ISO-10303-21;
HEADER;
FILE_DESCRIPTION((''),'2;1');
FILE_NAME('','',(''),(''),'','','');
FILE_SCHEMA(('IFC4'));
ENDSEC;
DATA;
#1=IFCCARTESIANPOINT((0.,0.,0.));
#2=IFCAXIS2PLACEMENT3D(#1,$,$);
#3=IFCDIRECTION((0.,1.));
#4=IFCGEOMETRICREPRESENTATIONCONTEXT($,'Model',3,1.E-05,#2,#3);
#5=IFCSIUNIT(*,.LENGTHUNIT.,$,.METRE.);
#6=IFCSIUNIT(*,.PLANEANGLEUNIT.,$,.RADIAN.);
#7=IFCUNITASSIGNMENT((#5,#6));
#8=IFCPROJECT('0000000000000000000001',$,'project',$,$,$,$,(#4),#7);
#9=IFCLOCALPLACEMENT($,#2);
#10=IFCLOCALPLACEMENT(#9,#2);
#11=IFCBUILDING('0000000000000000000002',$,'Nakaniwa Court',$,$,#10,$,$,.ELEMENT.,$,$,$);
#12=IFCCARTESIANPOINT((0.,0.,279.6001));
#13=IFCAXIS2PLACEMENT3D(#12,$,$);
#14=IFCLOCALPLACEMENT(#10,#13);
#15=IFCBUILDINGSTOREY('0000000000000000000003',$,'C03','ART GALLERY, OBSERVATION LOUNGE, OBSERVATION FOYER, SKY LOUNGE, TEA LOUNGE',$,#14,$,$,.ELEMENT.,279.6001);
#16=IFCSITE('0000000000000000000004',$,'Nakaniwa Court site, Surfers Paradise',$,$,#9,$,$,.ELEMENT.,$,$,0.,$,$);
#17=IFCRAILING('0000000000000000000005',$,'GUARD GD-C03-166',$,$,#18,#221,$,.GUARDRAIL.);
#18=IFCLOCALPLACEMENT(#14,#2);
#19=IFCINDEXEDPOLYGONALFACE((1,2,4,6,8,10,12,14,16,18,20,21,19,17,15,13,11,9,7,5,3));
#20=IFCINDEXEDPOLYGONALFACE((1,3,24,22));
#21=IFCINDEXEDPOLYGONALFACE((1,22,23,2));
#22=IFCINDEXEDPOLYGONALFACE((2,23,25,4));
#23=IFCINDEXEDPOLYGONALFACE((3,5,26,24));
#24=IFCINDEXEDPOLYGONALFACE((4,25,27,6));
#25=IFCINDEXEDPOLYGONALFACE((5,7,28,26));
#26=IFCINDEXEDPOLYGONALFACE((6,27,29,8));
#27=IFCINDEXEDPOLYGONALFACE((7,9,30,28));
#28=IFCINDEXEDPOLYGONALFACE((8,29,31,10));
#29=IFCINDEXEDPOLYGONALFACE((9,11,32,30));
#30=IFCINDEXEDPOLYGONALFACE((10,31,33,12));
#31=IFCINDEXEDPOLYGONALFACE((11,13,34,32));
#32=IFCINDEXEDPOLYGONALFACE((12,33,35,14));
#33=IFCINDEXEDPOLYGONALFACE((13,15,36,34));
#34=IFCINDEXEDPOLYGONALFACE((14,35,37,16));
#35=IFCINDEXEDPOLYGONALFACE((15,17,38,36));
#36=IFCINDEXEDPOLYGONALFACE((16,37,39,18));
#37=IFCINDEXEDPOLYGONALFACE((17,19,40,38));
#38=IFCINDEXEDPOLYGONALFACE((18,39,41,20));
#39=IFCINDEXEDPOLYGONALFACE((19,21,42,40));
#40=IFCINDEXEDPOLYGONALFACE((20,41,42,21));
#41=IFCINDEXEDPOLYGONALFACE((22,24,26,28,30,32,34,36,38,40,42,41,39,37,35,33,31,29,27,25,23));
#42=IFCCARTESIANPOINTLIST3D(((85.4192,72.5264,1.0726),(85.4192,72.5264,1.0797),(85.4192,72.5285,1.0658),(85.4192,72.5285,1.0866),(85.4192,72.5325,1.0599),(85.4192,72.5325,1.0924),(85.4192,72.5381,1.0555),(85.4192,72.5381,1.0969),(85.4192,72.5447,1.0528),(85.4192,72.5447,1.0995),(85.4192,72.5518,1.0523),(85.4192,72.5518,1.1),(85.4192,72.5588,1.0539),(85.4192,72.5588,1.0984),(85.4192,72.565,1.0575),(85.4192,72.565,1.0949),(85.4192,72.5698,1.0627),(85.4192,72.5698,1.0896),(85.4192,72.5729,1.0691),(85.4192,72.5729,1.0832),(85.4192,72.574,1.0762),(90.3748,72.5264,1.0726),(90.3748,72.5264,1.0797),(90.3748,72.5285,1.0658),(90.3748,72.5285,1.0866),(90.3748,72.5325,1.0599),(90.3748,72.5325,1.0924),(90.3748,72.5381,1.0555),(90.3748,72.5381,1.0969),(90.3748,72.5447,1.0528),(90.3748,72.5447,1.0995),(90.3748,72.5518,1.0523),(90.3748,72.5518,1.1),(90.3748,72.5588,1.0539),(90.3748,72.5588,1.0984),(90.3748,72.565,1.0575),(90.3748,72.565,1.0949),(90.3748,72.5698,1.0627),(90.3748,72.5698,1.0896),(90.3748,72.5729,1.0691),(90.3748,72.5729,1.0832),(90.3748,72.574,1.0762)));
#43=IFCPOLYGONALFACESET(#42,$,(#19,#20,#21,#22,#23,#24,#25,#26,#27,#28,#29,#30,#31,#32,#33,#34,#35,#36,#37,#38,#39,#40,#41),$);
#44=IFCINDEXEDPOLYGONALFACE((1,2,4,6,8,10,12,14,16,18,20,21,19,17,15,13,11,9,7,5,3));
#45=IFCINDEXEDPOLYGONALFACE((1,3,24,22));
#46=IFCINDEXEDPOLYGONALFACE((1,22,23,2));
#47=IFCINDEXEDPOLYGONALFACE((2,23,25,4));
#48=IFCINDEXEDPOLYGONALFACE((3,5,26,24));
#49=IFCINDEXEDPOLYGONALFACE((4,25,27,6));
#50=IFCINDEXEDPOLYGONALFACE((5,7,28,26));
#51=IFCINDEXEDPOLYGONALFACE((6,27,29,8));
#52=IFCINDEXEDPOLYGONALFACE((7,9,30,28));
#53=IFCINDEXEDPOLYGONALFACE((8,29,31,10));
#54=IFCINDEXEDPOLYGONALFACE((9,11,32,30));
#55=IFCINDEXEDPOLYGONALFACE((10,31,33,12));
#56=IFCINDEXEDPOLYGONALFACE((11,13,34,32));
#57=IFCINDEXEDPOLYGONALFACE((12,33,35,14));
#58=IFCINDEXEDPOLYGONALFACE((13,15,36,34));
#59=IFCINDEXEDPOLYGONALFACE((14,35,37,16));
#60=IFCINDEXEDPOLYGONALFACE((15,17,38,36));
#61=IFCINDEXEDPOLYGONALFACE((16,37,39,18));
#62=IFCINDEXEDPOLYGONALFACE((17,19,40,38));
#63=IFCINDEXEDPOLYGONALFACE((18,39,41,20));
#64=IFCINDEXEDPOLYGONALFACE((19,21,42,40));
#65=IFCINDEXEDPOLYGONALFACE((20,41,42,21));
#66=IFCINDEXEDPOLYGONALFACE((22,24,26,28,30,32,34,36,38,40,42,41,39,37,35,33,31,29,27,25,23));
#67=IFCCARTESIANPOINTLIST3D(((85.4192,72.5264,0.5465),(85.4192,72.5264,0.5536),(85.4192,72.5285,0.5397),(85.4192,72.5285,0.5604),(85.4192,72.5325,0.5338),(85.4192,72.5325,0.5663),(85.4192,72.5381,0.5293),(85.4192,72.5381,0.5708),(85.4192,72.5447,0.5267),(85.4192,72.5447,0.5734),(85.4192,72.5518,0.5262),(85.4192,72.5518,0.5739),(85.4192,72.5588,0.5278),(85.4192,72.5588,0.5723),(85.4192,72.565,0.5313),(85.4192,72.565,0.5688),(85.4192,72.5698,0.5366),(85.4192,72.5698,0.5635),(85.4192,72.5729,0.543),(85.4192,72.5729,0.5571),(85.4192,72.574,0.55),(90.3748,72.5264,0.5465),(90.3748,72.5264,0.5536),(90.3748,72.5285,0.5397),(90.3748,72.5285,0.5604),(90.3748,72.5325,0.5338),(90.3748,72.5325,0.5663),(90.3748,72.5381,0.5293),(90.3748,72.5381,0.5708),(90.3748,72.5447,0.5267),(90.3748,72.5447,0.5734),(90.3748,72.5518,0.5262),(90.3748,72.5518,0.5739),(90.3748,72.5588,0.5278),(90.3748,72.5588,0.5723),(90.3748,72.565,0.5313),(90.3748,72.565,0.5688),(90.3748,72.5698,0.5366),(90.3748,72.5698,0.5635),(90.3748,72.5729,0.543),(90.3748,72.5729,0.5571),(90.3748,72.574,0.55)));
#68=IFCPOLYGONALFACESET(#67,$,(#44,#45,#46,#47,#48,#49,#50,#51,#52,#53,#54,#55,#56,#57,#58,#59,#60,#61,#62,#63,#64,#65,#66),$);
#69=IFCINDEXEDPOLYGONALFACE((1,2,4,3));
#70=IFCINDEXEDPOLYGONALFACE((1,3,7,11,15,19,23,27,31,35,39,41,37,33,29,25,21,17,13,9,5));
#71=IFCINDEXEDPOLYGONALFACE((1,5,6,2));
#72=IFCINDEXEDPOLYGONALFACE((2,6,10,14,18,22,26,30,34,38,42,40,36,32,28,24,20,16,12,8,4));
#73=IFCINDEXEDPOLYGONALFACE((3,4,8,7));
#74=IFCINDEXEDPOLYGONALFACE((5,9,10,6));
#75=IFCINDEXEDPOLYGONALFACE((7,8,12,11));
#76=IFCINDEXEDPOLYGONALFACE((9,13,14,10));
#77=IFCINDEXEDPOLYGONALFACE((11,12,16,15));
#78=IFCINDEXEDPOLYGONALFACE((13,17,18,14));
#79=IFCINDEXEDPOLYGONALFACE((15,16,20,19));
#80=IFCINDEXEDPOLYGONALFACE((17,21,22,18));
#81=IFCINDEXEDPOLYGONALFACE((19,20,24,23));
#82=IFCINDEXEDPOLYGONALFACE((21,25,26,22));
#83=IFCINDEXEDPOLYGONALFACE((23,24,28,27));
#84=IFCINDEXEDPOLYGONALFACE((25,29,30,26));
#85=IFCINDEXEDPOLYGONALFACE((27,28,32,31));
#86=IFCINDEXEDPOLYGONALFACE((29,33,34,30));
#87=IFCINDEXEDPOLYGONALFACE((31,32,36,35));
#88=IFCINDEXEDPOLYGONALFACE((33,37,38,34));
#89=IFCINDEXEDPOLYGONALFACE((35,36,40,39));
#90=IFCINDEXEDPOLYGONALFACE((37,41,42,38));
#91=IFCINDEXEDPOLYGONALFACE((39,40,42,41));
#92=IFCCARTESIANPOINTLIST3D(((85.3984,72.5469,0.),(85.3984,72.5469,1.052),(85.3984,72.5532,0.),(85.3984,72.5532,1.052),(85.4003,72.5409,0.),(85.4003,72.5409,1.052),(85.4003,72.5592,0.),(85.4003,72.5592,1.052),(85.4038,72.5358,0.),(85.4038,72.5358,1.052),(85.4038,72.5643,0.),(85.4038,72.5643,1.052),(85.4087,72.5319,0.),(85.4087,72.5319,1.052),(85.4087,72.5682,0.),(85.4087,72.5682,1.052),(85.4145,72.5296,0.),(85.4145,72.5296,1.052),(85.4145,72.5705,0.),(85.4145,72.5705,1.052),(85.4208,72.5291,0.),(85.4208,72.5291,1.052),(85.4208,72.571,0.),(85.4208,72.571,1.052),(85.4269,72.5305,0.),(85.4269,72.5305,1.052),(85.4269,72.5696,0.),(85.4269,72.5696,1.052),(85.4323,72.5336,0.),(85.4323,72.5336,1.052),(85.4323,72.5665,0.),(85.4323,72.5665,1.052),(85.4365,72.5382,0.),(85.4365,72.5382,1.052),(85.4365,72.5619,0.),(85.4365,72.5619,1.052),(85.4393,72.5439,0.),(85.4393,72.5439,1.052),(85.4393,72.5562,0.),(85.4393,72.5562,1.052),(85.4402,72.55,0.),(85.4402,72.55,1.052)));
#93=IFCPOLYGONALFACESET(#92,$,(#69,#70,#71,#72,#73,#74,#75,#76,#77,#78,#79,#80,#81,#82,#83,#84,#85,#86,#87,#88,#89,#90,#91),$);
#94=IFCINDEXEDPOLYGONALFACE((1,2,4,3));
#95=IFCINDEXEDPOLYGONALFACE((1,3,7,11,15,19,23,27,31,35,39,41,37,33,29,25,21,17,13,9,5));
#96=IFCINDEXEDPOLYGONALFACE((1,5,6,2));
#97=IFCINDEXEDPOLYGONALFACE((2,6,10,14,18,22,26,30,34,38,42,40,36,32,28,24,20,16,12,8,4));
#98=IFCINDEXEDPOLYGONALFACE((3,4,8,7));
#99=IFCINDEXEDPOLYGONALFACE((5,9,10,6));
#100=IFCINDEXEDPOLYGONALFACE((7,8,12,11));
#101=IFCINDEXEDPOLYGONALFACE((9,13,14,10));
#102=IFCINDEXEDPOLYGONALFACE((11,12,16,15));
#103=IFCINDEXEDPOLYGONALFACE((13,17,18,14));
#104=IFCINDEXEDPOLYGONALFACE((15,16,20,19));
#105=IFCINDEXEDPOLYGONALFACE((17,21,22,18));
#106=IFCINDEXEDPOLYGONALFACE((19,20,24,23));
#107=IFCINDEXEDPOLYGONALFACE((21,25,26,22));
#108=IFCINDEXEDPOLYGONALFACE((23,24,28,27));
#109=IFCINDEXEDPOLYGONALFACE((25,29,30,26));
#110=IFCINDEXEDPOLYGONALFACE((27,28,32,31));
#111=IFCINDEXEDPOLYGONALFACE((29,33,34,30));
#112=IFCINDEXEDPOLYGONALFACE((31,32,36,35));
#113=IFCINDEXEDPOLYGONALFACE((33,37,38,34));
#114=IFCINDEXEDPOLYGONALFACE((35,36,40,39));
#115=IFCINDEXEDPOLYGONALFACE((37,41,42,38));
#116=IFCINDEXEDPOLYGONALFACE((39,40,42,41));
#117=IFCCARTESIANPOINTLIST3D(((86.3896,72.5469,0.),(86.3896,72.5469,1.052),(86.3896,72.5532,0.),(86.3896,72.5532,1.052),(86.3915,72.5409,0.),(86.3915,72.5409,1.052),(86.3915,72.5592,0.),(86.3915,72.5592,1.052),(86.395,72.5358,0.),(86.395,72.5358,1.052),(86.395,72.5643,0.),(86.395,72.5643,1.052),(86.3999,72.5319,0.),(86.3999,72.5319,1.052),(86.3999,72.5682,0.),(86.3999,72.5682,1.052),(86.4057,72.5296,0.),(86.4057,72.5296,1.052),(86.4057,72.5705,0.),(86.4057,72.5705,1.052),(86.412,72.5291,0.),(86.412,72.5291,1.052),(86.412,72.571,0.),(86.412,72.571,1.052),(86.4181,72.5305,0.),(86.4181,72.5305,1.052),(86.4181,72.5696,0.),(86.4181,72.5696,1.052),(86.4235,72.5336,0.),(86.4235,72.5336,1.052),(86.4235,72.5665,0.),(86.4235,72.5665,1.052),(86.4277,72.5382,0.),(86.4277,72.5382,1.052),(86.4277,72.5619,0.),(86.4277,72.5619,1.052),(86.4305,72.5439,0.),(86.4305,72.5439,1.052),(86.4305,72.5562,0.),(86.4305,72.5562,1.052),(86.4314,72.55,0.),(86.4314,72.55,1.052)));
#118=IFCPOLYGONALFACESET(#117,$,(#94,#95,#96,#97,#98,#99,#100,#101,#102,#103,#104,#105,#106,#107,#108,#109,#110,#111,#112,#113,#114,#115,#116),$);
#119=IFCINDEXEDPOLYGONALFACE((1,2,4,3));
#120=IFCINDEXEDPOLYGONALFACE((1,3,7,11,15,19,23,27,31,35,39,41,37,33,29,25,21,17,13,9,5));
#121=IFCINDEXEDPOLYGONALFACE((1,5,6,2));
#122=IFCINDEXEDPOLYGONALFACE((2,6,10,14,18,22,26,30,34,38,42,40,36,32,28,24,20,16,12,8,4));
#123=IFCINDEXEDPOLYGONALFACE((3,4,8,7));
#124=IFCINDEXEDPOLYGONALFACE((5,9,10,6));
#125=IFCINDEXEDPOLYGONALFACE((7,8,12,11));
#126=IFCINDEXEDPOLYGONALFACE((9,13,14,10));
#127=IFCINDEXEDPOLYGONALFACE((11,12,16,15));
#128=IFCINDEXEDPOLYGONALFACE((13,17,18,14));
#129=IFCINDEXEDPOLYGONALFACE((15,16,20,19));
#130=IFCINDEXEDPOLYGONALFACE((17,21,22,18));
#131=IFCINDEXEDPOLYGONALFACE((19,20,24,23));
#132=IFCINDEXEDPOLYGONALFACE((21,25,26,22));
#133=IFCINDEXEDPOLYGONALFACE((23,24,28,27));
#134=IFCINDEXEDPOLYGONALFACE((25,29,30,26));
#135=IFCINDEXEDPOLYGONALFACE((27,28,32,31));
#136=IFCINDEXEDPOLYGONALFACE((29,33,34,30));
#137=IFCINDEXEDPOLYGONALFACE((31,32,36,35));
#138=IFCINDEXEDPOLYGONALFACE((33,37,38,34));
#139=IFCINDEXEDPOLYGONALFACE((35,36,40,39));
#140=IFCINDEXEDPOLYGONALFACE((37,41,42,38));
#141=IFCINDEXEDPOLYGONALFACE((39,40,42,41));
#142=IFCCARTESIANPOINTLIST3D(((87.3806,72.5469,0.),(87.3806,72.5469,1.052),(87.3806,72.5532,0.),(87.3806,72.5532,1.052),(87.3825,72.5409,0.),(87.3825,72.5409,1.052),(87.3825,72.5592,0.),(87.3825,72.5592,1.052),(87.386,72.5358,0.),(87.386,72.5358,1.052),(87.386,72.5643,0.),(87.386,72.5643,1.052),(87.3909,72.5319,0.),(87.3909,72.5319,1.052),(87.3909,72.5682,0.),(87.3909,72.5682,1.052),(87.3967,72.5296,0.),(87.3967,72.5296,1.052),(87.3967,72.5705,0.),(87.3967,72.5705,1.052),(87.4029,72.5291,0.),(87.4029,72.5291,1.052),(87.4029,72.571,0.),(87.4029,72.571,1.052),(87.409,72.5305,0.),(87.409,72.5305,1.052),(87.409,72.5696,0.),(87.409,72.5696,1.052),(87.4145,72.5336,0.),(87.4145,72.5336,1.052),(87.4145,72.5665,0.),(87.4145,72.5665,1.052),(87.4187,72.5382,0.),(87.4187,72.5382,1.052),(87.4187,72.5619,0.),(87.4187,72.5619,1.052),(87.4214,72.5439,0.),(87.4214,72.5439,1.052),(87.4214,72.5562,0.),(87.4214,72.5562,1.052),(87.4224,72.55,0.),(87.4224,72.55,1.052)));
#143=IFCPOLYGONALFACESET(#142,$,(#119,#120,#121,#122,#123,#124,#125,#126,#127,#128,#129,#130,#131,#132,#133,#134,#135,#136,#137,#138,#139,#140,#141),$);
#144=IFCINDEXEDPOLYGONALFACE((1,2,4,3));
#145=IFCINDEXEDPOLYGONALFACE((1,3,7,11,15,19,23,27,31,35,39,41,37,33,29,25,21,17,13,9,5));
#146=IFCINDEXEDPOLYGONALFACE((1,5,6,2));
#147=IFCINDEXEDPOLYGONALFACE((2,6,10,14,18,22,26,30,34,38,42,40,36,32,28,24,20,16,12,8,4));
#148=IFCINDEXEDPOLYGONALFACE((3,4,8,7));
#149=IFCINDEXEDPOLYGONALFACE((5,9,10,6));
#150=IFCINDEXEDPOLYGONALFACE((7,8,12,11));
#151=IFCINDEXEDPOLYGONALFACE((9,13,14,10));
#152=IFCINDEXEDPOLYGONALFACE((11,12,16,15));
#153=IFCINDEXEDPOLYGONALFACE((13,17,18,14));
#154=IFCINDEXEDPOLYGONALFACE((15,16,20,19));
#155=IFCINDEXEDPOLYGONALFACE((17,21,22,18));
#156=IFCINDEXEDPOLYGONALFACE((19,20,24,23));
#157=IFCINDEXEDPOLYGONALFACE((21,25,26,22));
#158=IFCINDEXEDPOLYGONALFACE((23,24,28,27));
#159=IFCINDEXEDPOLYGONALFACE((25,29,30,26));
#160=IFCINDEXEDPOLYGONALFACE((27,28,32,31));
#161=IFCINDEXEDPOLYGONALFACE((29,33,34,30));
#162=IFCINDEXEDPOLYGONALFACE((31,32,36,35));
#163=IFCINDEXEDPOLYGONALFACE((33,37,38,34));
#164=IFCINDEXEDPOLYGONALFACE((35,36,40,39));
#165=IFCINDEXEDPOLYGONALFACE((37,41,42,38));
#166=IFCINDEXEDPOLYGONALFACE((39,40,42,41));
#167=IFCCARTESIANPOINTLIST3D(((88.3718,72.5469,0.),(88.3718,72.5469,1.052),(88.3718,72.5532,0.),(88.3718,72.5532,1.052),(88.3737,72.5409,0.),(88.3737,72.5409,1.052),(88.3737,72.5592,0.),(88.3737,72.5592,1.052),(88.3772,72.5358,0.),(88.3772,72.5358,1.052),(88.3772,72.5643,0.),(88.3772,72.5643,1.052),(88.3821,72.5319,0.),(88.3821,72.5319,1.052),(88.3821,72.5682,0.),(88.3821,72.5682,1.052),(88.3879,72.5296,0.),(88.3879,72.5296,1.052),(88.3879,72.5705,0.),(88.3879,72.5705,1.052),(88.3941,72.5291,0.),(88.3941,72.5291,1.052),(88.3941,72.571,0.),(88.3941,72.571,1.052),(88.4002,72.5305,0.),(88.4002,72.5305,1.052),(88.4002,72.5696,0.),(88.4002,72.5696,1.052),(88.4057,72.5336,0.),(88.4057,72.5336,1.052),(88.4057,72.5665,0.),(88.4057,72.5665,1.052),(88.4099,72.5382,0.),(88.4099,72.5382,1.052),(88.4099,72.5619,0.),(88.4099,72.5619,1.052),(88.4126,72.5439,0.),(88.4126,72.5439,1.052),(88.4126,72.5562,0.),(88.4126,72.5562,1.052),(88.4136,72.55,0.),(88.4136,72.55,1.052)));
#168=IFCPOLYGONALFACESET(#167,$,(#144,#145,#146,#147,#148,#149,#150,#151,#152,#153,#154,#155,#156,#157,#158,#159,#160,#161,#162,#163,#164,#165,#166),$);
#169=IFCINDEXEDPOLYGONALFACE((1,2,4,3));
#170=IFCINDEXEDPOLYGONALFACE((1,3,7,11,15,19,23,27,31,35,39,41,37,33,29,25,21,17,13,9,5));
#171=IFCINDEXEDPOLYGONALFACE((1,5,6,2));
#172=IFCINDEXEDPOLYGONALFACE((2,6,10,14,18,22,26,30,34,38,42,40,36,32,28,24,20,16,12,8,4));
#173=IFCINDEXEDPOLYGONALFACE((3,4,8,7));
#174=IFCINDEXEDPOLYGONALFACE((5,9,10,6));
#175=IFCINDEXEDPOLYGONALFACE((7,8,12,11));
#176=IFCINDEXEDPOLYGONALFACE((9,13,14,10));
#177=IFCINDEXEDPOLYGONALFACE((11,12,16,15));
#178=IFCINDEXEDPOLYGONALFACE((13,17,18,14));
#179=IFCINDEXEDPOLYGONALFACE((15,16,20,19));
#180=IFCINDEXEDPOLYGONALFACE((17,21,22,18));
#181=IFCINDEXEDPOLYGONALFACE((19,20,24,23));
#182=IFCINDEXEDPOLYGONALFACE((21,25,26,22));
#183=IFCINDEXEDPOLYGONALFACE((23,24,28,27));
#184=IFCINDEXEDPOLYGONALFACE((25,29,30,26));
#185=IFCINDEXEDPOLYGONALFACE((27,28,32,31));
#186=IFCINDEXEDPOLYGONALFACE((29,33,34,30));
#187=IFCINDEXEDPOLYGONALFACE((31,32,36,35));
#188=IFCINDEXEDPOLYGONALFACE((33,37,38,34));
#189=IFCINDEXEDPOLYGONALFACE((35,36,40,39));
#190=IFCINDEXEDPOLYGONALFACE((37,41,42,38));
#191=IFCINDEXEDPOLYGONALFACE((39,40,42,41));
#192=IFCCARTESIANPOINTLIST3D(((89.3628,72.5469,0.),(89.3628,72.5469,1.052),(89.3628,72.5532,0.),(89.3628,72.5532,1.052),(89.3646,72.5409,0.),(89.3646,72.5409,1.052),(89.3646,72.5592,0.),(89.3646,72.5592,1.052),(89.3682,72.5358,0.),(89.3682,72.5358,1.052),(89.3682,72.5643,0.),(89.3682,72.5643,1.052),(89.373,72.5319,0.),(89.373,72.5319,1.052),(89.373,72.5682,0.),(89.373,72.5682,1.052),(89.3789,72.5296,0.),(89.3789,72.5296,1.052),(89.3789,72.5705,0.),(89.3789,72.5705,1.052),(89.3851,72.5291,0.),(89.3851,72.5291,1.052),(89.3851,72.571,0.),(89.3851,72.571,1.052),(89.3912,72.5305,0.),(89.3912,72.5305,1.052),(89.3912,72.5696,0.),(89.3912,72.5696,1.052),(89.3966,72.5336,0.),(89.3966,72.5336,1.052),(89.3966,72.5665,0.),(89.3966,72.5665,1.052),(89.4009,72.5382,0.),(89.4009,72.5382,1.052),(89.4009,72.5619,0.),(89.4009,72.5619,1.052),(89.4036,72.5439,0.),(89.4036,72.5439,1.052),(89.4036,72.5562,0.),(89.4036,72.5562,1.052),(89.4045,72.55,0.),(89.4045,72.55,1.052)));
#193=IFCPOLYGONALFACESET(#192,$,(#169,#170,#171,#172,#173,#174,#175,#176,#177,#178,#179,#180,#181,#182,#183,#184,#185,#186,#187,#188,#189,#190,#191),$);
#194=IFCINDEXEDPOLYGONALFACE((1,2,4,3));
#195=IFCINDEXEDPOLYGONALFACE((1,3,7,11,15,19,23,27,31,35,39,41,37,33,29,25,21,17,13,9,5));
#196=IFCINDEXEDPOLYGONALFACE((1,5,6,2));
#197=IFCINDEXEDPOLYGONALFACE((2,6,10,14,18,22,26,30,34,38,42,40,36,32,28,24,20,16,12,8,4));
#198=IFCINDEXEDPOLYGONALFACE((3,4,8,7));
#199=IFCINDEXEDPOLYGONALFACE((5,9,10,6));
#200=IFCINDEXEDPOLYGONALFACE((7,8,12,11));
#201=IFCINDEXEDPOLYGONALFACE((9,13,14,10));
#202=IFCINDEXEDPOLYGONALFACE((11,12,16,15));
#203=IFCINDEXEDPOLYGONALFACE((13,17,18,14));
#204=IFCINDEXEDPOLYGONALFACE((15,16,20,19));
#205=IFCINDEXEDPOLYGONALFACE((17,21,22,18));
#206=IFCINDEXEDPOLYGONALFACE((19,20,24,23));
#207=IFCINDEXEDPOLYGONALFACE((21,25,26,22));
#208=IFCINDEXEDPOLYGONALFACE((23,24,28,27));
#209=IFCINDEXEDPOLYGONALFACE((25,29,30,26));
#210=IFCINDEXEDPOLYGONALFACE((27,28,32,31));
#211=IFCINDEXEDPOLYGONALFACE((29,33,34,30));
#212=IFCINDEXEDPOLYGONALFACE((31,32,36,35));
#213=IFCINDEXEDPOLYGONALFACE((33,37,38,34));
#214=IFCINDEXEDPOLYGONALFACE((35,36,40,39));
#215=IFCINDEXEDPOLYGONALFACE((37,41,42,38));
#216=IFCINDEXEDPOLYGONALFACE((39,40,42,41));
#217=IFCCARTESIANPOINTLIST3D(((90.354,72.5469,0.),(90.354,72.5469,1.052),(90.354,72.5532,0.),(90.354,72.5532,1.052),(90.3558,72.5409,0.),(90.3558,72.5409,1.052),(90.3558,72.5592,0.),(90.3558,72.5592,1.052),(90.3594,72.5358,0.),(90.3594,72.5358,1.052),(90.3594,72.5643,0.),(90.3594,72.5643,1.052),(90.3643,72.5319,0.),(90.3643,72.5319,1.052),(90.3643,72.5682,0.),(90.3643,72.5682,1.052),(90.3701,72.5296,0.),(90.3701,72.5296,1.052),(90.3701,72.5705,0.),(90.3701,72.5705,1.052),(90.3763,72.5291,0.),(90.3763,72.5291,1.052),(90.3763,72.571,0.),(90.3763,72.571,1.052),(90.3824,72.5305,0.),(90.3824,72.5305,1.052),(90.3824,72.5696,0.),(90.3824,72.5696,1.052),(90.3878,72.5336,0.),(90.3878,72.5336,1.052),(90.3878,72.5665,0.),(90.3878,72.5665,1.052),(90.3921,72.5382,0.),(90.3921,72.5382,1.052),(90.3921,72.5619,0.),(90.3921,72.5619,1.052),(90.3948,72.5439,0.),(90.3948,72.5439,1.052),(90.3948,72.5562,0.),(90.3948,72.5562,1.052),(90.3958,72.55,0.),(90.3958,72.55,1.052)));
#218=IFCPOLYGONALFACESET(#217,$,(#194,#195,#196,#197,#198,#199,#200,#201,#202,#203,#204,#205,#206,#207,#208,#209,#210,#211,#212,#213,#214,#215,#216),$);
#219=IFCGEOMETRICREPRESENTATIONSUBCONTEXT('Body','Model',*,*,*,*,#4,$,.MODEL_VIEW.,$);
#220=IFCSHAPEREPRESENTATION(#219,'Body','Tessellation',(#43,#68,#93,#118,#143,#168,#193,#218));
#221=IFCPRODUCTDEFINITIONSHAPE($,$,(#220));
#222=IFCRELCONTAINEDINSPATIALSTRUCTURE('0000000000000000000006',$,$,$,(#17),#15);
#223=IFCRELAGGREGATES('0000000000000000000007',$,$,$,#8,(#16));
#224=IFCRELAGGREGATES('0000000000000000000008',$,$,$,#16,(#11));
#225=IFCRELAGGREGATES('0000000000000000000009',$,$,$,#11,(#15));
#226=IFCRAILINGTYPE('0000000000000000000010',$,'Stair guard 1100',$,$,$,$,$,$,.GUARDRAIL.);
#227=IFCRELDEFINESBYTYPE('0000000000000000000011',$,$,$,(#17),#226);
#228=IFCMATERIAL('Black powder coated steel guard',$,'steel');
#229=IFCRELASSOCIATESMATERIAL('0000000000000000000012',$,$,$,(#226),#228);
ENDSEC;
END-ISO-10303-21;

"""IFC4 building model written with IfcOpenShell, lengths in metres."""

from ifc_helpers import new_model, si_unit, direction, frame, origin, origin_2d, place, context, subcontext, project, spatial, circle, extrude, material, type_object, element, save


model = new_model("IFC4")

# Units and contexts
model_context = context("Model", 3, precision=1e-05, world=origin(), true_north=direction((0.0, 1.0)))
body_context = subcontext(model_context, "Body", "Model", "MODEL_VIEW")
ifc_project = project(units=[si_unit("LENGTHUNIT", "METRE"), si_unit("PLANEANGLEUNIT", "RADIAN")], contexts=[model_context])

# Site, building, storey
site_placement = place(None, origin())
site = spatial("IfcSite", under=ifc_project, at=site_placement, Name="Nakaniwa Court site, Surfers Paradise", CompositionType="ELEMENT", RefElevation=0.0)
building_placement = place(site_placement, origin())
building = spatial("IfcBuilding", under=site, at=building_placement, Name="Nakaniwa Court", CompositionType="ELEMENT")
storey_placement = place(building_placement, frame((0.0, 0.0, 279.6001)))
storey = spatial("IfcBuildingStorey", under=building, at=storey_placement, Name="C03", Description="ART GALLERY, OBSERVATION LOUNGE, OBSERVATION FOYER, SKY LOUNGE, TEA LOUNGE", CompositionType="ELEMENT", Elevation=279.6001)

# Railing
ifc_material_1 = material(Name="Black powder coated steel guard", Category="steel")
railing_type = type_object("IfcRailingType", Name="Stair guard 1100", PredefinedType="GUARDRAIL", material=ifc_material_1)
railing_placement = place(storey_placement, frame((85.4192, 72.55, 0.0)))
element("IfcRailing", 1, at=railing_placement, inside=storey, type_object=railing_type, Name="GUARD GD-C03-166", PredefinedType="GUARDRAIL", context=body_context, shape_type="SweptSolid", body=[
    extrude(circle(Radius=0.0239, at=origin_2d()), frame((0.0, 0.0, 1.0762), z_axis=(1.0, 0.0, 0.0), x_axis=(0.0, 1.0, 0.0)), (0.0, 0.0, 1.0), 4.9556),
    extrude(circle(Radius=0.0239, at=origin_2d()), frame((0.0, 0.0, 0.55), z_axis=(1.0, 0.0, 0.0), x_axis=(0.0, 1.0, 0.0)), (0.0, 0.0, 1.0), 4.9556),
    extrude(circle(Radius=0.021, at=origin_2d()), origin(), (0.0, 0.0, 1.0), 1.052),
    extrude(circle(Radius=0.021, at=origin_2d()), frame((0.9912, 0.0, 0.0)), (0.0, 0.0, 1.0), 1.052),
    extrude(circle(Radius=0.021, at=origin_2d()), frame((1.9822, 0.0, 0.0)), (0.0, 0.0, 1.0), 1.052),
    extrude(circle(Radius=0.021, at=origin_2d()), frame((2.9734, 0.0, 0.0)), (0.0, 0.0, 1.0), 1.052),
    extrude(circle(Radius=0.021, at=origin_2d()), frame((3.9644, 0.0, 0.0)), (0.0, 0.0, 1.0), 1.052),
    extrude(circle(Radius=0.021, at=origin_2d()), frame((4.9556, 0.0, 0.0)), (0.0, 0.0, 1.0), 1.052),
])

save(model, "model.ifc")
